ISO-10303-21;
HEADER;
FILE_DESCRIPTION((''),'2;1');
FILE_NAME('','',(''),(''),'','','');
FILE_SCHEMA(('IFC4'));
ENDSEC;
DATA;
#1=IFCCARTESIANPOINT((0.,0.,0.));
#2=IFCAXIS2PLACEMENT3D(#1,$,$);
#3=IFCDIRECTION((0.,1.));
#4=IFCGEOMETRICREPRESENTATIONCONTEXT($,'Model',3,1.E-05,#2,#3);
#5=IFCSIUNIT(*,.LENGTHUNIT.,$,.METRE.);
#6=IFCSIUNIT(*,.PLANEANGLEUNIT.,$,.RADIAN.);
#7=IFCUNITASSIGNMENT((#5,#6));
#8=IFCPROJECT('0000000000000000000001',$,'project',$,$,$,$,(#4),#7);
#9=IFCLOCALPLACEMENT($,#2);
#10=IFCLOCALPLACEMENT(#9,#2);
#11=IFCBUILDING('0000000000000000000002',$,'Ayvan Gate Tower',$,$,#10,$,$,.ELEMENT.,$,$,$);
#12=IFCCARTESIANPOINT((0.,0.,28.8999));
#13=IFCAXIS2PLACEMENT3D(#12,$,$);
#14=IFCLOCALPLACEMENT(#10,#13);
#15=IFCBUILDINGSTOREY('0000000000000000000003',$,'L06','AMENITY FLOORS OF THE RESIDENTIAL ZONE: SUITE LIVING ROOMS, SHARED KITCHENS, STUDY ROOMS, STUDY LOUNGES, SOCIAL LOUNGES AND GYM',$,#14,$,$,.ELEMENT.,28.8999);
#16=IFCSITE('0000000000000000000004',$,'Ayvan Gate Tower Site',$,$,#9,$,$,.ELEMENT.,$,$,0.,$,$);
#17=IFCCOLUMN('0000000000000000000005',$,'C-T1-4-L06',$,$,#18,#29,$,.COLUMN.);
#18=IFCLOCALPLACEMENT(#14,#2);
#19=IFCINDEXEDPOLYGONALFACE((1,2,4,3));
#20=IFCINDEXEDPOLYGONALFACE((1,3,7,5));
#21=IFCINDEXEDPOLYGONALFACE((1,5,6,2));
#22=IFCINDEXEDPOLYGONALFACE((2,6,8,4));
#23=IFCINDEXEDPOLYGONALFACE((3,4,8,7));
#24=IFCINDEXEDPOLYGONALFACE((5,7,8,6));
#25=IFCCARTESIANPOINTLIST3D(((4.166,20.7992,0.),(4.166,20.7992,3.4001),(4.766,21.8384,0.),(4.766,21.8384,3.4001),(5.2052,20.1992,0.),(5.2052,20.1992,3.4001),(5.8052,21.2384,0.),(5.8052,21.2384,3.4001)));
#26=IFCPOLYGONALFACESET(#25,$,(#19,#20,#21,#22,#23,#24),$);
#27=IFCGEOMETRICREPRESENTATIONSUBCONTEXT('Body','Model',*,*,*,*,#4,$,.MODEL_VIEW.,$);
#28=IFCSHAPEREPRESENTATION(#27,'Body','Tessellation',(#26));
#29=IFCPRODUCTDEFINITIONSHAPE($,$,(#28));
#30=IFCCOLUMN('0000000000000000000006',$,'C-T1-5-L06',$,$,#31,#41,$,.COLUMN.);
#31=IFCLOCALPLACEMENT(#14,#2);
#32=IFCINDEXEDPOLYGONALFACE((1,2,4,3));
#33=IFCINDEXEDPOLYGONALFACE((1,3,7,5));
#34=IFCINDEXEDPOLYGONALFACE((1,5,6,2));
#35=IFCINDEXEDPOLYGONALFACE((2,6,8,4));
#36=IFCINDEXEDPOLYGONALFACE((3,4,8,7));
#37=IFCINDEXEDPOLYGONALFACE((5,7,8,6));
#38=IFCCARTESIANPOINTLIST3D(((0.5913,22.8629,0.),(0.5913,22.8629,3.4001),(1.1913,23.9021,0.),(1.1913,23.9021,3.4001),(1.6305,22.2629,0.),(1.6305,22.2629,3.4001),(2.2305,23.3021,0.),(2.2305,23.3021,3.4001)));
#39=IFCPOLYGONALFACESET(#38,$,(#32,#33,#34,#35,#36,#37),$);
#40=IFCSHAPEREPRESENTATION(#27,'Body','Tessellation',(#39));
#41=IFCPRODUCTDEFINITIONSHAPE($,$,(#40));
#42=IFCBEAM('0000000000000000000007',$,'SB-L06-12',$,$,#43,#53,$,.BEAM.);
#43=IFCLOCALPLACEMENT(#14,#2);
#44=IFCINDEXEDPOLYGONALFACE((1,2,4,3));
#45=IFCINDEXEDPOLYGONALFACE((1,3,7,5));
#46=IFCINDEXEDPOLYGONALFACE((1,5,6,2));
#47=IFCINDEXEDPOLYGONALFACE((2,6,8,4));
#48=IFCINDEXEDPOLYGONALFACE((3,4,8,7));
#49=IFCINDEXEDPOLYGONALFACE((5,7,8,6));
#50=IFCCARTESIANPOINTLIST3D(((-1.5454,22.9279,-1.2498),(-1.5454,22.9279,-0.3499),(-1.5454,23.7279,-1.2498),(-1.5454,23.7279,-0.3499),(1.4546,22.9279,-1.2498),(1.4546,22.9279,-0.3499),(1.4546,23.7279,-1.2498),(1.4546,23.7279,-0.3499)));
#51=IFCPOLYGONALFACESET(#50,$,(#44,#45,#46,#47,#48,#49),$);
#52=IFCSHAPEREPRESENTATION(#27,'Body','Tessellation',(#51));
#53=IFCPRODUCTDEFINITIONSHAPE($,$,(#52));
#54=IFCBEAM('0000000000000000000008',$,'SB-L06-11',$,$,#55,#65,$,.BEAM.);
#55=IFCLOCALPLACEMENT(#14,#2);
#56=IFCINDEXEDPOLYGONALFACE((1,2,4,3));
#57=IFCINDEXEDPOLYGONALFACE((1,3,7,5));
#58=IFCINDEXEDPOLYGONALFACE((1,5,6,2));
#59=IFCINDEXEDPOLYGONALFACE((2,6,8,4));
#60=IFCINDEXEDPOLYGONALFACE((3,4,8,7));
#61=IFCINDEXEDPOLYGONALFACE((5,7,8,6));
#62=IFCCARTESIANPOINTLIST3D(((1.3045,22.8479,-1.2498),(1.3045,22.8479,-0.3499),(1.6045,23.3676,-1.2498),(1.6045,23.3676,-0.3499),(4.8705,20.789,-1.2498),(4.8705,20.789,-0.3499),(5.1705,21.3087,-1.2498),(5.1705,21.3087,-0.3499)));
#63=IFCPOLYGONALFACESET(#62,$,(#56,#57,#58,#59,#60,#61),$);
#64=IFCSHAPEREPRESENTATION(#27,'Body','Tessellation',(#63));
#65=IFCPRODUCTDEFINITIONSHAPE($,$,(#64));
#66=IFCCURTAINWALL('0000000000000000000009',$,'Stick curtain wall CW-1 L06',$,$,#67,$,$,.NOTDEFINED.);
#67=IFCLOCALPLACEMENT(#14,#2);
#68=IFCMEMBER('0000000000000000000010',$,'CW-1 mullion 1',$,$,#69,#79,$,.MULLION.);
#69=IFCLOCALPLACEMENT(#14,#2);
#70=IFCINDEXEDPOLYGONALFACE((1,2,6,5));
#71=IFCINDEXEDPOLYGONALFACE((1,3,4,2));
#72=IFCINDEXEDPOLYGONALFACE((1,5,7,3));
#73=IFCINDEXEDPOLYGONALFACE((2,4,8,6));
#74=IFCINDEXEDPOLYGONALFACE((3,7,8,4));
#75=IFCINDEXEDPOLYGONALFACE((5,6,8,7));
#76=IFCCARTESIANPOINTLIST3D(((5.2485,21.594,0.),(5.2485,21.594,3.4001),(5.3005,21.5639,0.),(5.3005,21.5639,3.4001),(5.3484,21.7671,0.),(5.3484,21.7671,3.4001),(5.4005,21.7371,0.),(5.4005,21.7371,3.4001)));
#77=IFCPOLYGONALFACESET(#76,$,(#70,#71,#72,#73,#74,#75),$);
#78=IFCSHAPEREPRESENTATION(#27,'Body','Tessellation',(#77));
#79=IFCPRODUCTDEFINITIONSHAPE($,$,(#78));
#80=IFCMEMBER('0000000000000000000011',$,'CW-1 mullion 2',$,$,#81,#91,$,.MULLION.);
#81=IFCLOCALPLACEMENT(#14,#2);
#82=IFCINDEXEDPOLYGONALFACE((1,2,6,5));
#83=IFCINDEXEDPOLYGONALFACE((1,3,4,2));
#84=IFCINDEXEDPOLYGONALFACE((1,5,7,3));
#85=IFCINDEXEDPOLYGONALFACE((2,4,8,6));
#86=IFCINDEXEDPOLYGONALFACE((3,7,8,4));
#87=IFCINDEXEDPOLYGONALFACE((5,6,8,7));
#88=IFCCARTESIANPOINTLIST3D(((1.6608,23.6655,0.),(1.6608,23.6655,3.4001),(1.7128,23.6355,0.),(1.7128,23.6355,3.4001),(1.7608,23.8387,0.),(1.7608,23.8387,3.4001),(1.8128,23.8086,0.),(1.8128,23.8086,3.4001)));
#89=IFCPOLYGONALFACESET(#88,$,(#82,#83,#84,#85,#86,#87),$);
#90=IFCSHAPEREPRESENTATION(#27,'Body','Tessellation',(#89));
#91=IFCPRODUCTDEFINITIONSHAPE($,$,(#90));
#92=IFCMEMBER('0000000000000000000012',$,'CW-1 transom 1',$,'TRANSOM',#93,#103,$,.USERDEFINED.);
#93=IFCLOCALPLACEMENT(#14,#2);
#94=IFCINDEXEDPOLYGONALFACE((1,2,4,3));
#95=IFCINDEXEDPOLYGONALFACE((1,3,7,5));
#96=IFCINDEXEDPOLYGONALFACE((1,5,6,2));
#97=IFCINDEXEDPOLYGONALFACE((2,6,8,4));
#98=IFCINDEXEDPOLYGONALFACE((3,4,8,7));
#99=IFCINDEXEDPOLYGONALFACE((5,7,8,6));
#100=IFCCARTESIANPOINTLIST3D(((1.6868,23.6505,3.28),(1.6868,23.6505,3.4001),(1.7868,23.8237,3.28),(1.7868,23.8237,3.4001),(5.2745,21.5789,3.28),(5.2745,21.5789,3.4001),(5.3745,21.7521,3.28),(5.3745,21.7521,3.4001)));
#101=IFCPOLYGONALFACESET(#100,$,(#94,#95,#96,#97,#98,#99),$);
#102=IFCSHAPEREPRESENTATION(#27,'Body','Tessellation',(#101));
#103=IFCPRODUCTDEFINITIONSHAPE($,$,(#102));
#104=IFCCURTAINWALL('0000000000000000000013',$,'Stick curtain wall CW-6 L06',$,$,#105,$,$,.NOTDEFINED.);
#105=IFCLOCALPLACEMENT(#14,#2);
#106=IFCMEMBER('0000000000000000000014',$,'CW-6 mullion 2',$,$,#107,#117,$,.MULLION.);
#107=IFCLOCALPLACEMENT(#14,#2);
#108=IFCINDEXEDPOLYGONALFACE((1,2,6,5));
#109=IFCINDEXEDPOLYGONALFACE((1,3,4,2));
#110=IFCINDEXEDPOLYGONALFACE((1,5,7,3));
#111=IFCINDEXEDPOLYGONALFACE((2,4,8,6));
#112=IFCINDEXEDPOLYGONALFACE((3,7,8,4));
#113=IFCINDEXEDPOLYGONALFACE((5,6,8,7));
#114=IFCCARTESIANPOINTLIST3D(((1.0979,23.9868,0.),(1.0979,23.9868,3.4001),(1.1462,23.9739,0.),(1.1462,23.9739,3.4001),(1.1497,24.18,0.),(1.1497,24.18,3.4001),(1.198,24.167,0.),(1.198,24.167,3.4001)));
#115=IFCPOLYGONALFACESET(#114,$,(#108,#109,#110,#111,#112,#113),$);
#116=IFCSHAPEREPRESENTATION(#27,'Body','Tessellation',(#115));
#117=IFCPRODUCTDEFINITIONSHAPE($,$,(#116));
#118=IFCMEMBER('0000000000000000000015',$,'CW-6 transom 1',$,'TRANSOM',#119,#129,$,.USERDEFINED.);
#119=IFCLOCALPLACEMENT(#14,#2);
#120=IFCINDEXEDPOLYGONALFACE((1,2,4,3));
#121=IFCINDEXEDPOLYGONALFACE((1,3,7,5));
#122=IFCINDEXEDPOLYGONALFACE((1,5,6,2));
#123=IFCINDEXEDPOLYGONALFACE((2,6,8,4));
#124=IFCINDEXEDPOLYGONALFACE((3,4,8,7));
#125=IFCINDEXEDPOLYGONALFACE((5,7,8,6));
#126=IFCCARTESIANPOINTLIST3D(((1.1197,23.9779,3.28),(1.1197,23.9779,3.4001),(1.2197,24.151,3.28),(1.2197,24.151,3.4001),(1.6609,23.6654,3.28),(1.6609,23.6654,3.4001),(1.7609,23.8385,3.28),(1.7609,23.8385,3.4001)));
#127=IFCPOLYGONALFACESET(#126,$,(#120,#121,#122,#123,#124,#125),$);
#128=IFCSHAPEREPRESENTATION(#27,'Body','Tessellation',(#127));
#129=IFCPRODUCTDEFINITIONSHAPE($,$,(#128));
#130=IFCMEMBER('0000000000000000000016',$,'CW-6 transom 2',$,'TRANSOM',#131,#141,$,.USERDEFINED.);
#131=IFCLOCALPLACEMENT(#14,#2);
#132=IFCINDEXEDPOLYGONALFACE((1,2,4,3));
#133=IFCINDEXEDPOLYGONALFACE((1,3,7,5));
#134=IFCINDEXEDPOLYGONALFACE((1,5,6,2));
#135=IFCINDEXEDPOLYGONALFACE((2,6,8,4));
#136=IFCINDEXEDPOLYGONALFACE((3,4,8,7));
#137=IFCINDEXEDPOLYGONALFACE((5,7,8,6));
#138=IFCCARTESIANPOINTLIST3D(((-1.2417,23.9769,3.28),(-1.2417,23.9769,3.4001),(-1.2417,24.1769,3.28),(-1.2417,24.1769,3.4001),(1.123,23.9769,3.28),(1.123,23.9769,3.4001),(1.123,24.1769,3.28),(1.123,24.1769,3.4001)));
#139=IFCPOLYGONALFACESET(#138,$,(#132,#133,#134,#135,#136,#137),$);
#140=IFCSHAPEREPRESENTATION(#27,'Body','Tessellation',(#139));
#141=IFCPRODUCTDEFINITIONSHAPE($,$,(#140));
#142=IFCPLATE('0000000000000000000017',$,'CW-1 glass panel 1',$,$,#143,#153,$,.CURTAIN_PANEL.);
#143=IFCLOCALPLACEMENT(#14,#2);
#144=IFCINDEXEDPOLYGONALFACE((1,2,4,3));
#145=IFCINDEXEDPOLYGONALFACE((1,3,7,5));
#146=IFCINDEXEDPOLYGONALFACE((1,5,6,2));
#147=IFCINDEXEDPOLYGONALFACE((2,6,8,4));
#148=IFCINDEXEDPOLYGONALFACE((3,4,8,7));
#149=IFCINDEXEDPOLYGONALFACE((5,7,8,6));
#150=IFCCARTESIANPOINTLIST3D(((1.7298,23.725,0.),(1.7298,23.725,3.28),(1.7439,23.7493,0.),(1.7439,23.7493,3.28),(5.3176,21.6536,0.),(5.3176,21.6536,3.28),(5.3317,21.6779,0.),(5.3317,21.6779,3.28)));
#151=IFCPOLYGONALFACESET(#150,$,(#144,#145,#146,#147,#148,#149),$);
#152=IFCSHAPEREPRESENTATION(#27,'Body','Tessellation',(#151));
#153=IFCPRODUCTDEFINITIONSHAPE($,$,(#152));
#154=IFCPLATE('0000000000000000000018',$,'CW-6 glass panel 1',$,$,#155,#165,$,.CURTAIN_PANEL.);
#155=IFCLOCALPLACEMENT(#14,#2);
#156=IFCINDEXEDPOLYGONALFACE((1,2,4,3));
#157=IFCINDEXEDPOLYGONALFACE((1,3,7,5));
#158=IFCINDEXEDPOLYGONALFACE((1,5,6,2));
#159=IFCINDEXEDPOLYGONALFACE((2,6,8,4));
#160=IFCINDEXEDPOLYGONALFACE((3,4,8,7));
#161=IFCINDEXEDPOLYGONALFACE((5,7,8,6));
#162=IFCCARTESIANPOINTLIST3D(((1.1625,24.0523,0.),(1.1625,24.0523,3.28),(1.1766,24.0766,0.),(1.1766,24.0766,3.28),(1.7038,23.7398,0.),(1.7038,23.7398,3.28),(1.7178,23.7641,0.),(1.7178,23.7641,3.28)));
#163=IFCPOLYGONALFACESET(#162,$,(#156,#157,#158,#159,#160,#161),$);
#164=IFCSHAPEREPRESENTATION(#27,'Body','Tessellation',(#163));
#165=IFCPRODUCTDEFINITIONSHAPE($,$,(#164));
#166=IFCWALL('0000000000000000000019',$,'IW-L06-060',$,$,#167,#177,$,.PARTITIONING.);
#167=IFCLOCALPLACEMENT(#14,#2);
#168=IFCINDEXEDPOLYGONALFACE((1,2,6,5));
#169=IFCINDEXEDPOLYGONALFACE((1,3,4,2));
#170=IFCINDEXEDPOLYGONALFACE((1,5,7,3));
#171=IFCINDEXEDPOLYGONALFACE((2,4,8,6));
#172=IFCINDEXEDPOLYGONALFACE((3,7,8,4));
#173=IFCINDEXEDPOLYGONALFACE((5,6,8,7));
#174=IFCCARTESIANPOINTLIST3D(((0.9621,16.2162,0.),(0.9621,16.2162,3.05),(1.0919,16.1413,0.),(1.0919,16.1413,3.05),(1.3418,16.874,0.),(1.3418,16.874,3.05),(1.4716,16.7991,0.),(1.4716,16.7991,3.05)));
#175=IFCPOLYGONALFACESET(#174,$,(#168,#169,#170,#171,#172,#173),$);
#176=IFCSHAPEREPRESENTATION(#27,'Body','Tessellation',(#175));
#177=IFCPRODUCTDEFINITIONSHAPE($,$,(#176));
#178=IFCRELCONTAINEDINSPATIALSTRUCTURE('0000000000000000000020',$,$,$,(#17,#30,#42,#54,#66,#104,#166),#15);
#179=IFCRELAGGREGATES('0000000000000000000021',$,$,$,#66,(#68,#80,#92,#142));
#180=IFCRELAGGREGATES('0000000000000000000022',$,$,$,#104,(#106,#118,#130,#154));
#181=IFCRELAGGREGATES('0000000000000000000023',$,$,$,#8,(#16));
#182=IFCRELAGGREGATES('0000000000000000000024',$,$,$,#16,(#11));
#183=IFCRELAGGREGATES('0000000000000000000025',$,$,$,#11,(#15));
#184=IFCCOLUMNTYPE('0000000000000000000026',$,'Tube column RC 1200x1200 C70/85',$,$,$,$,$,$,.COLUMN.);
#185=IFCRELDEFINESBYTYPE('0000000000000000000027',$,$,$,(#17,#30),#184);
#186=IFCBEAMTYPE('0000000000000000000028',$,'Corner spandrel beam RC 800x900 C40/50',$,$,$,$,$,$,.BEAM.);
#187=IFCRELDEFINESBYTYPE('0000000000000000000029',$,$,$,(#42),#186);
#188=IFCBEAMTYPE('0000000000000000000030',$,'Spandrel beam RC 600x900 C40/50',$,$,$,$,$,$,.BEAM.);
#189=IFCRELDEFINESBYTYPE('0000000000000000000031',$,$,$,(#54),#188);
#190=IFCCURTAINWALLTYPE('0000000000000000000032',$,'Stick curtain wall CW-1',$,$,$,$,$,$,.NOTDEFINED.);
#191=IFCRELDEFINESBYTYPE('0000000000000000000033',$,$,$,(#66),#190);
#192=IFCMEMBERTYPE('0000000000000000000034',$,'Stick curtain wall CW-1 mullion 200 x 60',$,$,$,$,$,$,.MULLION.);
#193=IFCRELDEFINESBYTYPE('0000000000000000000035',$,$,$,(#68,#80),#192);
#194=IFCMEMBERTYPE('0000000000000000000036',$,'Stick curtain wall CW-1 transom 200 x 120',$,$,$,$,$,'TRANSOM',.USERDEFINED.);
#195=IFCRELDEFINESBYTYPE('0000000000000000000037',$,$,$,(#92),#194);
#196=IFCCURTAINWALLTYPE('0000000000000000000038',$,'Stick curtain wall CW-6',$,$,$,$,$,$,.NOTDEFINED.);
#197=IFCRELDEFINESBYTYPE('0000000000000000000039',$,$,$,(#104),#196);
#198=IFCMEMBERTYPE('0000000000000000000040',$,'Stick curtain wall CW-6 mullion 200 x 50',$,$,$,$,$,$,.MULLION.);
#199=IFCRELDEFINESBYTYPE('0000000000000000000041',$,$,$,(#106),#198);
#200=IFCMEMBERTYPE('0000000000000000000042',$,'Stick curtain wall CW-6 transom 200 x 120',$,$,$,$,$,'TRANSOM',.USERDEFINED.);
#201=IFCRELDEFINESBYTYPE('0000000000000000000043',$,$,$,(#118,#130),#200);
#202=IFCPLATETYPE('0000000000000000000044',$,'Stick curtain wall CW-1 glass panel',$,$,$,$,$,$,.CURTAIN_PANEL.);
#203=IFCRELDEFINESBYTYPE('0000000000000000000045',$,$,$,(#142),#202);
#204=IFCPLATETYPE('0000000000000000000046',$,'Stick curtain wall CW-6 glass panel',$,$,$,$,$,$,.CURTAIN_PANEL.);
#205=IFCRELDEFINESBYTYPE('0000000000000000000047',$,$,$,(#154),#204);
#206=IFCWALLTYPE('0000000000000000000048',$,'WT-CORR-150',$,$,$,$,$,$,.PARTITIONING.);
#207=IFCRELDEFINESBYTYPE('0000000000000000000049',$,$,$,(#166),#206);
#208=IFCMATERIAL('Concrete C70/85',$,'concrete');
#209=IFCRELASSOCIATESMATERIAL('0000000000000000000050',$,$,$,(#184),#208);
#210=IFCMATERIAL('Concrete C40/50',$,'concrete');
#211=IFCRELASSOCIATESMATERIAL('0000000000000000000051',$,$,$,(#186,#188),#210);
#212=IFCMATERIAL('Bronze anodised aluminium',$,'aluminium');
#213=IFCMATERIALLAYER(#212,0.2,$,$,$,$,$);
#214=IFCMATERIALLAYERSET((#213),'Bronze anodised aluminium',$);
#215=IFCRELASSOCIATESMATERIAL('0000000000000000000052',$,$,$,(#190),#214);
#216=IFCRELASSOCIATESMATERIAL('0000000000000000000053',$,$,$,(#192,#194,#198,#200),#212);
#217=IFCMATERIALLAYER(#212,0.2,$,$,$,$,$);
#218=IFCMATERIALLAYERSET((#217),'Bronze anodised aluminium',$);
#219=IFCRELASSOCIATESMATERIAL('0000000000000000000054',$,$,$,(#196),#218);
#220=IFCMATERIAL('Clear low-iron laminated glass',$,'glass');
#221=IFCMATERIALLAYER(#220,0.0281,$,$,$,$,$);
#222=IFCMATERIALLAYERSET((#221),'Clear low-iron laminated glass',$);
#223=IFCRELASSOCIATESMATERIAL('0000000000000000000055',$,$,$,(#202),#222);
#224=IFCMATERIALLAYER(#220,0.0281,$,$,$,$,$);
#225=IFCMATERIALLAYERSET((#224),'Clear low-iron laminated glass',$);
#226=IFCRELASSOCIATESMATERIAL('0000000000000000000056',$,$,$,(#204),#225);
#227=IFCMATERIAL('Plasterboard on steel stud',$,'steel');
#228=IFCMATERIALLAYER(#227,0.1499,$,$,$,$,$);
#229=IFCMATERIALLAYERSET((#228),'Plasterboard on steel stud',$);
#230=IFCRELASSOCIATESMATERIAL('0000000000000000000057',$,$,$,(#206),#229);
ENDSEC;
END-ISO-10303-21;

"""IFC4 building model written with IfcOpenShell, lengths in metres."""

from ifc_helpers import new_model, si_unit, direction, frame, frame_2d, origin, origin_2d, place, context, subcontext, project, spatial, rectangle, extrude, material, layer, layer_set, material_profile, profile_set, type_object, element, aggregate, save


model = new_model("IFC4")

# Units and contexts
model_context = context("Model", 3, precision=1e-05, world=origin(), true_north=direction((0.0, 1.0)))
body_context = subcontext(model_context, "Body", "Model", "MODEL_VIEW")
ifc_project = project(units=[si_unit("LENGTHUNIT", "METRE"), si_unit("PLANEANGLEUNIT", "RADIAN")], contexts=[model_context])

# Site, building, storey
site_placement = place(None, origin())
site = spatial("IfcSite", under=ifc_project, at=site_placement, Name="Ayvan Gate Tower Site", CompositionType="ELEMENT", RefElevation=0.0)
building_placement = place(site_placement, origin())
building = spatial("IfcBuilding", under=site, at=building_placement, Name="Ayvan Gate Tower", CompositionType="ELEMENT")
storey_placement = place(building_placement, frame((0.0, 0.0, 28.8999)))
storey = spatial("IfcBuildingStorey", under=building, at=storey_placement, Name="L06", Description="AMENITY FLOORS OF THE RESIDENTIAL ZONE: SUITE LIVING ROOMS, SHARED KITCHENS, STUDY ROOMS, STUDY LOUNGES, SOCIAL LOUNGES AND GYM", CompositionType="ELEMENT", Elevation=28.8999)

# Columns
ifc_material_1 = material(Name="Concrete C70/85", Category="concrete")
ifc_material_profile_1 = material_profile(ifc_material_1, rectangle(XDim=1.2, YDim=1.2, at=origin_2d()), Name="RC 1200x1200")
ifc_profile_set_1 = profile_set([ifc_material_profile_1], Name="Concrete C70/85")
column_type = type_object("IfcColumnType", Name="Tube column RC 1200x1200 C70/85", PredefinedType="COLUMN", material=ifc_profile_set_1)
for number, where, z_axis, x_axis, name in (
    (1, (4.9856, 21.0188, 0.0), (0.0, 0.0, 1.0), (0.5, 0.866025, 0.0), "C-T1-4-L06"),
    (2, (1.4109, 23.0825, 0.0), (0.0, 0.0, 1.0), (0.5, 0.866025, 0.0), "C-T1-5-L06"),
):
    element("IfcColumn", number, at=place(storey_placement, frame(where, z_axis=z_axis, x_axis=x_axis)), inside=storey, type_object=column_type, Name=name, PredefinedType="COLUMN", context=body_context, shape_type="SweptSolid", body=[
        extrude(rectangle(XDim=1.2, YDim=1.2, at=origin_2d()), origin(), (0.0, 0.0, 1.0), 3.4001),
    ])

# Beams
ifc_material_2 = material(Name="Concrete C40/50", Category="concrete")
ifc_material_profile_2 = material_profile(ifc_material_2, rectangle(XDim=0.8, YDim=0.8999, at=origin_2d()), Name="RC 800x900")
ifc_profile_set_2 = profile_set([ifc_material_profile_2], Name="Concrete C40/50")
beam_type_1 = type_object("IfcBeamType", Name="Corner spandrel beam RC 800x900 C40/50", PredefinedType="BEAM", material=ifc_profile_set_2)
beam_1_placement = place(storey_placement, frame((1.4546, 23.3279, -0.7998), z_axis=(-1.0, 0.0, 0.0), x_axis=(0.0, -1.0, 0.0)))
element("IfcBeam", 3, at=beam_1_placement, inside=storey, type_object=beam_type_1, Name="SB-L06-12", PredefinedType="BEAM", context=body_context, shape_type="SweptSolid", body=[
    extrude(rectangle(XDim=0.8, YDim=0.8999, at=origin_2d()), origin(), (0.0, 0.0, 1.0), 3.0),
])
ifc_material_profile_3 = material_profile(ifc_material_2, rectangle(XDim=0.6001, YDim=0.8999, at=origin_2d()), Name="RC 600x900")
ifc_profile_set_3 = profile_set([ifc_material_profile_3], Name="Concrete C40/50")
beam_type_2 = type_object("IfcBeamType", Name="Spandrel beam RC 600x900 C40/50", PredefinedType="BEAM", material=ifc_profile_set_3)
beam_2_placement = place(storey_placement, frame((5.0205, 21.0488, -0.7998), z_axis=(-0.86602, 0.50001, 0.0), x_axis=(-0.50001, -0.86602, 0.0)))
element("IfcBeam", 4, at=beam_2_placement, inside=storey, type_object=beam_type_2, Name="SB-L06-11", PredefinedType="BEAM", context=body_context, shape_type="SweptSolid", body=[
    extrude(rectangle(XDim=0.6001, YDim=0.8999, at=origin_2d()), origin(), (0.0, 0.0, 1.0), 4.1177),
])

# Curtain walls, members
ifc_material_3 = material(Name="Bronze anodised aluminium", Category="aluminium")
ifc_layer_1 = layer(ifc_material_3, 0.2)
ifc_layer_set_1 = layer_set([ifc_layer_1], Name="Bronze anodised aluminium")
curtain_wall_type_1 = type_object("IfcCurtainWallType", Name="Stick curtain wall CW-1", PredefinedType="NOTDEFINED", material=ifc_layer_set_1)
curtain_wall_1_placement = place(storey_placement, origin())
curtain_wall_1 = element("IfcCurtainWall", 5, at=curtain_wall_1_placement, inside=storey, type_object=curtain_wall_type_1, Name="Stick curtain wall CW-1 L06", PredefinedType="NOTDEFINED")
ifc_material_profile_4 = material_profile(ifc_material_3, rectangle(XDim=0.2, YDim=0.0601, at=origin_2d()), Name="Stick curtain wall CW-1 mullion 200 x 60")
ifc_profile_set_4 = profile_set([ifc_material_profile_4], Name="Bronze anodised aluminium")
member_type_1 = type_object("IfcMemberType", Name="Stick curtain wall CW-1 mullion 200 x 60", PredefinedType="MULLION", material=ifc_profile_set_4)
member_1_placement = place(storey_placement, frame((5.3245, 21.6655, 0.0), z_axis=(0.0, 0.0, 1.0), x_axis=(0.5, 0.866025, 0.0)))
member_1 = element("IfcMember", 6, at=member_1_placement, type_object=member_type_1, Name="CW-1 mullion 1", PredefinedType="MULLION", context=body_context, shape_type="SweptSolid", body=[
    extrude(rectangle(XDim=0.2, YDim=0.0601, at=origin_2d()), origin(), (0.0, 0.0, 1.0), 3.4001),
])
member_2_placement = place(storey_placement, frame((1.7368, 23.7371, 0.0), z_axis=(0.0, 0.0, 1.0), x_axis=(0.5, 0.866025, 0.0)))
member_2 = element("IfcMember", 7, at=member_2_placement, type_object=member_type_1, Name="CW-1 mullion 2", PredefinedType="MULLION", context=body_context, shape_type="SweptSolid", body=[
    extrude(rectangle(XDim=0.2, YDim=0.0601, at=origin_2d()), origin(), (0.0, 0.0, 1.0), 3.4001),
])
ifc_material_profile_5 = material_profile(ifc_material_3, rectangle(XDim=0.2, YDim=0.1201, at=origin_2d()), Name="Stick curtain wall CW-1 transom 200 x 120")
ifc_profile_set_5 = profile_set([ifc_material_profile_5], Name="Bronze anodised aluminium")
member_type_2 = type_object("IfcMemberType", Name="Stick curtain wall CW-1 transom 200 x 120", ElementType="TRANSOM", PredefinedType="USERDEFINED", material=ifc_profile_set_5)
member_3_placement = place(storey_placement, frame((5.3245, 21.6655, 3.3401), z_axis=(-0.866004, 0.500037, 0.0), x_axis=(-0.500037, -0.866004, 0.0)))
member_3 = element("IfcMember", 8, at=member_3_placement, type_object=member_type_2, Name="CW-1 transom 1", ObjectType="TRANSOM", PredefinedType="USERDEFINED", context=body_context, shape_type="SweptSolid", body=[
    extrude(rectangle(XDim=0.2, YDim=0.1201, at=origin_2d()), origin(), (0.0, 0.0, 1.0), 4.1428),
])
ifc_layer_2 = layer(ifc_material_3, 0.2)
ifc_layer_set_2 = layer_set([ifc_layer_2], Name="Bronze anodised aluminium")
curtain_wall_type_2 = type_object("IfcCurtainWallType", Name="Stick curtain wall CW-6", PredefinedType="NOTDEFINED", material=ifc_layer_set_2)
curtain_wall_2_placement = place(storey_placement, origin())
curtain_wall_2 = element("IfcCurtainWall", 9, at=curtain_wall_2_placement, inside=storey, type_object=curtain_wall_type_2, Name="Stick curtain wall CW-6 L06", PredefinedType="NOTDEFINED")
ifc_material_profile_6 = material_profile(ifc_material_3, rectangle(XDim=0.2, YDim=0.05, at=origin_2d()), Name="Stick curtain wall CW-6 mullion 200 x 50")
ifc_profile_set_6 = profile_set([ifc_material_profile_6], Name="Bronze anodised aluminium")
member_type_3 = type_object("IfcMemberType", Name="Stick curtain wall CW-6 mullion 200 x 50", PredefinedType="MULLION", material=ifc_profile_set_6)
member_4_placement = place(storey_placement, frame((1.1479, 24.0769, 0.0), z_axis=(0.0, 0.0, 1.0), x_axis=(0.258819, 0.965926, 0.0)))
member_4 = element("IfcMember", 10, at=member_4_placement, type_object=member_type_3, Name="CW-6 mullion 2", PredefinedType="MULLION", context=body_context, shape_type="SweptSolid", body=[
    extrude(rectangle(XDim=0.2, YDim=0.05, at=origin_2d()), origin(), (0.0, 0.0, 1.0), 3.4001),
])
ifc_material_profile_7 = material_profile(ifc_material_3, rectangle(XDim=0.2, YDim=0.1201, at=origin_2d()), Name="Stick curtain wall CW-6 transom 200 x 120")
ifc_profile_set_7 = profile_set([ifc_material_profile_7], Name="Bronze anodised aluminium")
member_type_4 = type_object("IfcMemberType", Name="Stick curtain wall CW-6 transom 200 x 120", ElementType="TRANSOM", PredefinedType="USERDEFINED", material=ifc_profile_set_7)
member_5_placement = place(storey_placement, frame((1.7109, 23.752, 3.3401), z_axis=(-0.866023, 0.500004, 0.0), x_axis=(-0.500004, -0.866023, 0.0)))
member_5 = element("IfcMember", 11, at=member_5_placement, type_object=member_type_4, Name="CW-6 transom 1", ObjectType="TRANSOM", PredefinedType="USERDEFINED", context=body_context, shape_type="SweptSolid", body=[
    extrude(rectangle(XDim=0.2, YDim=0.1201, at=origin_2d()), origin(), (0.0, 0.0, 1.0), 0.625),
])
member_6_placement = place(storey_placement, frame((1.123, 24.0769, 3.3401), z_axis=(-1.0, 0.0, 0.0), x_axis=(0.0, -1.0, 0.0)))
member_6 = element("IfcMember", 12, at=member_6_placement, type_object=member_type_4, Name="CW-6 transom 2", ObjectType="TRANSOM", PredefinedType="USERDEFINED", context=body_context, shape_type="SweptSolid", body=[
    extrude(rectangle(XDim=0.2, YDim=0.1201, at=origin_2d()), origin(), (0.0, 0.0, 1.0), 2.3647),
])

# Plates
ifc_material_4 = material(Name="Clear low-iron laminated glass", Category="glass")
ifc_layer_3 = layer(ifc_material_4, 0.0281)
ifc_layer_set_3 = layer_set([ifc_layer_3], Name="Clear low-iron laminated glass")
plate_type_1 = type_object("IfcPlateType", Name="Stick curtain wall CW-1 glass panel", PredefinedType="CURTAIN_PANEL", material=ifc_layer_set_3)
plate_1_placement = place(storey_placement, frame((3.5308, 22.7014, 0.0), z_axis=(0.0, 0.0, 1.0), x_axis=(-0.866025, 0.5, 0.0)))
plate_1 = element("IfcPlate", 13, at=plate_1_placement, type_object=plate_type_1, Name="CW-1 glass panel 1", PredefinedType="CURTAIN_PANEL", context=body_context, shape_type="SweptSolid", body=[
    extrude(rectangle(XDim=4.1428, YDim=0.0281, at=origin_2d()), origin(), (0.0, 0.0, 1.0), 3.28),
])
aggregate(curtain_wall_1, [member_1, member_2, member_3, plate_1])
ifc_layer_4 = layer(ifc_material_4, 0.0281)
ifc_layer_set_4 = layer_set([ifc_layer_4], Name="Clear low-iron laminated glass")
plate_type_2 = type_object("IfcPlateType", Name="Stick curtain wall CW-6 glass panel", PredefinedType="CURTAIN_PANEL", material=ifc_layer_set_4)
plate_2_placement = place(storey_placement, frame((1.4402, 23.9082, 0.0), z_axis=(0.0, 0.0, 1.0), x_axis=(-0.866025, 0.5, 0.0)))
plate_2 = element("IfcPlate", 14, at=plate_2_placement, type_object=plate_type_2, Name="CW-6 glass panel 1", PredefinedType="CURTAIN_PANEL", context=body_context, shape_type="SweptSolid", body=[
    extrude(rectangle(XDim=0.625, YDim=0.0281, at=origin_2d()), origin(), (0.0, 0.0, 1.0), 3.28),
])
aggregate(curtain_wall_2, [member_4, member_5, member_6, plate_2])

# Wall
ifc_material_5 = material(Name="Plasterboard on steel stud", Category="steel")
ifc_layer_5 = layer(ifc_material_5, 0.1499)
ifc_layer_set_5 = layer_set([ifc_layer_5], Name="Plasterboard on steel stud")
wall_type_1 = type_object("IfcWallType", Name="WT-CORR-150", PredefinedType="PARTITIONING", material=ifc_layer_set_5)
wall_1_placement = place(storey_placement, frame((1.4067, 16.8367, 0.0), z_axis=(0.0, 0.0, 1.0), x_axis=(-0.499908, -0.866079, 0.0)))
element("IfcWall", 15, at=wall_1_placement, inside=storey, type_object=wall_type_1, Name="IW-L06-060", PredefinedType="PARTITIONING", context=body_context, shape_type="SweptSolid", body=[
    extrude(rectangle(XDim=0.7595, YDim=0.1499, at=frame_2d((0.3799, 0.0))), origin(), (0.0, 0.0, 1.0), 3.05),
])

save(model, "model.ifc")
